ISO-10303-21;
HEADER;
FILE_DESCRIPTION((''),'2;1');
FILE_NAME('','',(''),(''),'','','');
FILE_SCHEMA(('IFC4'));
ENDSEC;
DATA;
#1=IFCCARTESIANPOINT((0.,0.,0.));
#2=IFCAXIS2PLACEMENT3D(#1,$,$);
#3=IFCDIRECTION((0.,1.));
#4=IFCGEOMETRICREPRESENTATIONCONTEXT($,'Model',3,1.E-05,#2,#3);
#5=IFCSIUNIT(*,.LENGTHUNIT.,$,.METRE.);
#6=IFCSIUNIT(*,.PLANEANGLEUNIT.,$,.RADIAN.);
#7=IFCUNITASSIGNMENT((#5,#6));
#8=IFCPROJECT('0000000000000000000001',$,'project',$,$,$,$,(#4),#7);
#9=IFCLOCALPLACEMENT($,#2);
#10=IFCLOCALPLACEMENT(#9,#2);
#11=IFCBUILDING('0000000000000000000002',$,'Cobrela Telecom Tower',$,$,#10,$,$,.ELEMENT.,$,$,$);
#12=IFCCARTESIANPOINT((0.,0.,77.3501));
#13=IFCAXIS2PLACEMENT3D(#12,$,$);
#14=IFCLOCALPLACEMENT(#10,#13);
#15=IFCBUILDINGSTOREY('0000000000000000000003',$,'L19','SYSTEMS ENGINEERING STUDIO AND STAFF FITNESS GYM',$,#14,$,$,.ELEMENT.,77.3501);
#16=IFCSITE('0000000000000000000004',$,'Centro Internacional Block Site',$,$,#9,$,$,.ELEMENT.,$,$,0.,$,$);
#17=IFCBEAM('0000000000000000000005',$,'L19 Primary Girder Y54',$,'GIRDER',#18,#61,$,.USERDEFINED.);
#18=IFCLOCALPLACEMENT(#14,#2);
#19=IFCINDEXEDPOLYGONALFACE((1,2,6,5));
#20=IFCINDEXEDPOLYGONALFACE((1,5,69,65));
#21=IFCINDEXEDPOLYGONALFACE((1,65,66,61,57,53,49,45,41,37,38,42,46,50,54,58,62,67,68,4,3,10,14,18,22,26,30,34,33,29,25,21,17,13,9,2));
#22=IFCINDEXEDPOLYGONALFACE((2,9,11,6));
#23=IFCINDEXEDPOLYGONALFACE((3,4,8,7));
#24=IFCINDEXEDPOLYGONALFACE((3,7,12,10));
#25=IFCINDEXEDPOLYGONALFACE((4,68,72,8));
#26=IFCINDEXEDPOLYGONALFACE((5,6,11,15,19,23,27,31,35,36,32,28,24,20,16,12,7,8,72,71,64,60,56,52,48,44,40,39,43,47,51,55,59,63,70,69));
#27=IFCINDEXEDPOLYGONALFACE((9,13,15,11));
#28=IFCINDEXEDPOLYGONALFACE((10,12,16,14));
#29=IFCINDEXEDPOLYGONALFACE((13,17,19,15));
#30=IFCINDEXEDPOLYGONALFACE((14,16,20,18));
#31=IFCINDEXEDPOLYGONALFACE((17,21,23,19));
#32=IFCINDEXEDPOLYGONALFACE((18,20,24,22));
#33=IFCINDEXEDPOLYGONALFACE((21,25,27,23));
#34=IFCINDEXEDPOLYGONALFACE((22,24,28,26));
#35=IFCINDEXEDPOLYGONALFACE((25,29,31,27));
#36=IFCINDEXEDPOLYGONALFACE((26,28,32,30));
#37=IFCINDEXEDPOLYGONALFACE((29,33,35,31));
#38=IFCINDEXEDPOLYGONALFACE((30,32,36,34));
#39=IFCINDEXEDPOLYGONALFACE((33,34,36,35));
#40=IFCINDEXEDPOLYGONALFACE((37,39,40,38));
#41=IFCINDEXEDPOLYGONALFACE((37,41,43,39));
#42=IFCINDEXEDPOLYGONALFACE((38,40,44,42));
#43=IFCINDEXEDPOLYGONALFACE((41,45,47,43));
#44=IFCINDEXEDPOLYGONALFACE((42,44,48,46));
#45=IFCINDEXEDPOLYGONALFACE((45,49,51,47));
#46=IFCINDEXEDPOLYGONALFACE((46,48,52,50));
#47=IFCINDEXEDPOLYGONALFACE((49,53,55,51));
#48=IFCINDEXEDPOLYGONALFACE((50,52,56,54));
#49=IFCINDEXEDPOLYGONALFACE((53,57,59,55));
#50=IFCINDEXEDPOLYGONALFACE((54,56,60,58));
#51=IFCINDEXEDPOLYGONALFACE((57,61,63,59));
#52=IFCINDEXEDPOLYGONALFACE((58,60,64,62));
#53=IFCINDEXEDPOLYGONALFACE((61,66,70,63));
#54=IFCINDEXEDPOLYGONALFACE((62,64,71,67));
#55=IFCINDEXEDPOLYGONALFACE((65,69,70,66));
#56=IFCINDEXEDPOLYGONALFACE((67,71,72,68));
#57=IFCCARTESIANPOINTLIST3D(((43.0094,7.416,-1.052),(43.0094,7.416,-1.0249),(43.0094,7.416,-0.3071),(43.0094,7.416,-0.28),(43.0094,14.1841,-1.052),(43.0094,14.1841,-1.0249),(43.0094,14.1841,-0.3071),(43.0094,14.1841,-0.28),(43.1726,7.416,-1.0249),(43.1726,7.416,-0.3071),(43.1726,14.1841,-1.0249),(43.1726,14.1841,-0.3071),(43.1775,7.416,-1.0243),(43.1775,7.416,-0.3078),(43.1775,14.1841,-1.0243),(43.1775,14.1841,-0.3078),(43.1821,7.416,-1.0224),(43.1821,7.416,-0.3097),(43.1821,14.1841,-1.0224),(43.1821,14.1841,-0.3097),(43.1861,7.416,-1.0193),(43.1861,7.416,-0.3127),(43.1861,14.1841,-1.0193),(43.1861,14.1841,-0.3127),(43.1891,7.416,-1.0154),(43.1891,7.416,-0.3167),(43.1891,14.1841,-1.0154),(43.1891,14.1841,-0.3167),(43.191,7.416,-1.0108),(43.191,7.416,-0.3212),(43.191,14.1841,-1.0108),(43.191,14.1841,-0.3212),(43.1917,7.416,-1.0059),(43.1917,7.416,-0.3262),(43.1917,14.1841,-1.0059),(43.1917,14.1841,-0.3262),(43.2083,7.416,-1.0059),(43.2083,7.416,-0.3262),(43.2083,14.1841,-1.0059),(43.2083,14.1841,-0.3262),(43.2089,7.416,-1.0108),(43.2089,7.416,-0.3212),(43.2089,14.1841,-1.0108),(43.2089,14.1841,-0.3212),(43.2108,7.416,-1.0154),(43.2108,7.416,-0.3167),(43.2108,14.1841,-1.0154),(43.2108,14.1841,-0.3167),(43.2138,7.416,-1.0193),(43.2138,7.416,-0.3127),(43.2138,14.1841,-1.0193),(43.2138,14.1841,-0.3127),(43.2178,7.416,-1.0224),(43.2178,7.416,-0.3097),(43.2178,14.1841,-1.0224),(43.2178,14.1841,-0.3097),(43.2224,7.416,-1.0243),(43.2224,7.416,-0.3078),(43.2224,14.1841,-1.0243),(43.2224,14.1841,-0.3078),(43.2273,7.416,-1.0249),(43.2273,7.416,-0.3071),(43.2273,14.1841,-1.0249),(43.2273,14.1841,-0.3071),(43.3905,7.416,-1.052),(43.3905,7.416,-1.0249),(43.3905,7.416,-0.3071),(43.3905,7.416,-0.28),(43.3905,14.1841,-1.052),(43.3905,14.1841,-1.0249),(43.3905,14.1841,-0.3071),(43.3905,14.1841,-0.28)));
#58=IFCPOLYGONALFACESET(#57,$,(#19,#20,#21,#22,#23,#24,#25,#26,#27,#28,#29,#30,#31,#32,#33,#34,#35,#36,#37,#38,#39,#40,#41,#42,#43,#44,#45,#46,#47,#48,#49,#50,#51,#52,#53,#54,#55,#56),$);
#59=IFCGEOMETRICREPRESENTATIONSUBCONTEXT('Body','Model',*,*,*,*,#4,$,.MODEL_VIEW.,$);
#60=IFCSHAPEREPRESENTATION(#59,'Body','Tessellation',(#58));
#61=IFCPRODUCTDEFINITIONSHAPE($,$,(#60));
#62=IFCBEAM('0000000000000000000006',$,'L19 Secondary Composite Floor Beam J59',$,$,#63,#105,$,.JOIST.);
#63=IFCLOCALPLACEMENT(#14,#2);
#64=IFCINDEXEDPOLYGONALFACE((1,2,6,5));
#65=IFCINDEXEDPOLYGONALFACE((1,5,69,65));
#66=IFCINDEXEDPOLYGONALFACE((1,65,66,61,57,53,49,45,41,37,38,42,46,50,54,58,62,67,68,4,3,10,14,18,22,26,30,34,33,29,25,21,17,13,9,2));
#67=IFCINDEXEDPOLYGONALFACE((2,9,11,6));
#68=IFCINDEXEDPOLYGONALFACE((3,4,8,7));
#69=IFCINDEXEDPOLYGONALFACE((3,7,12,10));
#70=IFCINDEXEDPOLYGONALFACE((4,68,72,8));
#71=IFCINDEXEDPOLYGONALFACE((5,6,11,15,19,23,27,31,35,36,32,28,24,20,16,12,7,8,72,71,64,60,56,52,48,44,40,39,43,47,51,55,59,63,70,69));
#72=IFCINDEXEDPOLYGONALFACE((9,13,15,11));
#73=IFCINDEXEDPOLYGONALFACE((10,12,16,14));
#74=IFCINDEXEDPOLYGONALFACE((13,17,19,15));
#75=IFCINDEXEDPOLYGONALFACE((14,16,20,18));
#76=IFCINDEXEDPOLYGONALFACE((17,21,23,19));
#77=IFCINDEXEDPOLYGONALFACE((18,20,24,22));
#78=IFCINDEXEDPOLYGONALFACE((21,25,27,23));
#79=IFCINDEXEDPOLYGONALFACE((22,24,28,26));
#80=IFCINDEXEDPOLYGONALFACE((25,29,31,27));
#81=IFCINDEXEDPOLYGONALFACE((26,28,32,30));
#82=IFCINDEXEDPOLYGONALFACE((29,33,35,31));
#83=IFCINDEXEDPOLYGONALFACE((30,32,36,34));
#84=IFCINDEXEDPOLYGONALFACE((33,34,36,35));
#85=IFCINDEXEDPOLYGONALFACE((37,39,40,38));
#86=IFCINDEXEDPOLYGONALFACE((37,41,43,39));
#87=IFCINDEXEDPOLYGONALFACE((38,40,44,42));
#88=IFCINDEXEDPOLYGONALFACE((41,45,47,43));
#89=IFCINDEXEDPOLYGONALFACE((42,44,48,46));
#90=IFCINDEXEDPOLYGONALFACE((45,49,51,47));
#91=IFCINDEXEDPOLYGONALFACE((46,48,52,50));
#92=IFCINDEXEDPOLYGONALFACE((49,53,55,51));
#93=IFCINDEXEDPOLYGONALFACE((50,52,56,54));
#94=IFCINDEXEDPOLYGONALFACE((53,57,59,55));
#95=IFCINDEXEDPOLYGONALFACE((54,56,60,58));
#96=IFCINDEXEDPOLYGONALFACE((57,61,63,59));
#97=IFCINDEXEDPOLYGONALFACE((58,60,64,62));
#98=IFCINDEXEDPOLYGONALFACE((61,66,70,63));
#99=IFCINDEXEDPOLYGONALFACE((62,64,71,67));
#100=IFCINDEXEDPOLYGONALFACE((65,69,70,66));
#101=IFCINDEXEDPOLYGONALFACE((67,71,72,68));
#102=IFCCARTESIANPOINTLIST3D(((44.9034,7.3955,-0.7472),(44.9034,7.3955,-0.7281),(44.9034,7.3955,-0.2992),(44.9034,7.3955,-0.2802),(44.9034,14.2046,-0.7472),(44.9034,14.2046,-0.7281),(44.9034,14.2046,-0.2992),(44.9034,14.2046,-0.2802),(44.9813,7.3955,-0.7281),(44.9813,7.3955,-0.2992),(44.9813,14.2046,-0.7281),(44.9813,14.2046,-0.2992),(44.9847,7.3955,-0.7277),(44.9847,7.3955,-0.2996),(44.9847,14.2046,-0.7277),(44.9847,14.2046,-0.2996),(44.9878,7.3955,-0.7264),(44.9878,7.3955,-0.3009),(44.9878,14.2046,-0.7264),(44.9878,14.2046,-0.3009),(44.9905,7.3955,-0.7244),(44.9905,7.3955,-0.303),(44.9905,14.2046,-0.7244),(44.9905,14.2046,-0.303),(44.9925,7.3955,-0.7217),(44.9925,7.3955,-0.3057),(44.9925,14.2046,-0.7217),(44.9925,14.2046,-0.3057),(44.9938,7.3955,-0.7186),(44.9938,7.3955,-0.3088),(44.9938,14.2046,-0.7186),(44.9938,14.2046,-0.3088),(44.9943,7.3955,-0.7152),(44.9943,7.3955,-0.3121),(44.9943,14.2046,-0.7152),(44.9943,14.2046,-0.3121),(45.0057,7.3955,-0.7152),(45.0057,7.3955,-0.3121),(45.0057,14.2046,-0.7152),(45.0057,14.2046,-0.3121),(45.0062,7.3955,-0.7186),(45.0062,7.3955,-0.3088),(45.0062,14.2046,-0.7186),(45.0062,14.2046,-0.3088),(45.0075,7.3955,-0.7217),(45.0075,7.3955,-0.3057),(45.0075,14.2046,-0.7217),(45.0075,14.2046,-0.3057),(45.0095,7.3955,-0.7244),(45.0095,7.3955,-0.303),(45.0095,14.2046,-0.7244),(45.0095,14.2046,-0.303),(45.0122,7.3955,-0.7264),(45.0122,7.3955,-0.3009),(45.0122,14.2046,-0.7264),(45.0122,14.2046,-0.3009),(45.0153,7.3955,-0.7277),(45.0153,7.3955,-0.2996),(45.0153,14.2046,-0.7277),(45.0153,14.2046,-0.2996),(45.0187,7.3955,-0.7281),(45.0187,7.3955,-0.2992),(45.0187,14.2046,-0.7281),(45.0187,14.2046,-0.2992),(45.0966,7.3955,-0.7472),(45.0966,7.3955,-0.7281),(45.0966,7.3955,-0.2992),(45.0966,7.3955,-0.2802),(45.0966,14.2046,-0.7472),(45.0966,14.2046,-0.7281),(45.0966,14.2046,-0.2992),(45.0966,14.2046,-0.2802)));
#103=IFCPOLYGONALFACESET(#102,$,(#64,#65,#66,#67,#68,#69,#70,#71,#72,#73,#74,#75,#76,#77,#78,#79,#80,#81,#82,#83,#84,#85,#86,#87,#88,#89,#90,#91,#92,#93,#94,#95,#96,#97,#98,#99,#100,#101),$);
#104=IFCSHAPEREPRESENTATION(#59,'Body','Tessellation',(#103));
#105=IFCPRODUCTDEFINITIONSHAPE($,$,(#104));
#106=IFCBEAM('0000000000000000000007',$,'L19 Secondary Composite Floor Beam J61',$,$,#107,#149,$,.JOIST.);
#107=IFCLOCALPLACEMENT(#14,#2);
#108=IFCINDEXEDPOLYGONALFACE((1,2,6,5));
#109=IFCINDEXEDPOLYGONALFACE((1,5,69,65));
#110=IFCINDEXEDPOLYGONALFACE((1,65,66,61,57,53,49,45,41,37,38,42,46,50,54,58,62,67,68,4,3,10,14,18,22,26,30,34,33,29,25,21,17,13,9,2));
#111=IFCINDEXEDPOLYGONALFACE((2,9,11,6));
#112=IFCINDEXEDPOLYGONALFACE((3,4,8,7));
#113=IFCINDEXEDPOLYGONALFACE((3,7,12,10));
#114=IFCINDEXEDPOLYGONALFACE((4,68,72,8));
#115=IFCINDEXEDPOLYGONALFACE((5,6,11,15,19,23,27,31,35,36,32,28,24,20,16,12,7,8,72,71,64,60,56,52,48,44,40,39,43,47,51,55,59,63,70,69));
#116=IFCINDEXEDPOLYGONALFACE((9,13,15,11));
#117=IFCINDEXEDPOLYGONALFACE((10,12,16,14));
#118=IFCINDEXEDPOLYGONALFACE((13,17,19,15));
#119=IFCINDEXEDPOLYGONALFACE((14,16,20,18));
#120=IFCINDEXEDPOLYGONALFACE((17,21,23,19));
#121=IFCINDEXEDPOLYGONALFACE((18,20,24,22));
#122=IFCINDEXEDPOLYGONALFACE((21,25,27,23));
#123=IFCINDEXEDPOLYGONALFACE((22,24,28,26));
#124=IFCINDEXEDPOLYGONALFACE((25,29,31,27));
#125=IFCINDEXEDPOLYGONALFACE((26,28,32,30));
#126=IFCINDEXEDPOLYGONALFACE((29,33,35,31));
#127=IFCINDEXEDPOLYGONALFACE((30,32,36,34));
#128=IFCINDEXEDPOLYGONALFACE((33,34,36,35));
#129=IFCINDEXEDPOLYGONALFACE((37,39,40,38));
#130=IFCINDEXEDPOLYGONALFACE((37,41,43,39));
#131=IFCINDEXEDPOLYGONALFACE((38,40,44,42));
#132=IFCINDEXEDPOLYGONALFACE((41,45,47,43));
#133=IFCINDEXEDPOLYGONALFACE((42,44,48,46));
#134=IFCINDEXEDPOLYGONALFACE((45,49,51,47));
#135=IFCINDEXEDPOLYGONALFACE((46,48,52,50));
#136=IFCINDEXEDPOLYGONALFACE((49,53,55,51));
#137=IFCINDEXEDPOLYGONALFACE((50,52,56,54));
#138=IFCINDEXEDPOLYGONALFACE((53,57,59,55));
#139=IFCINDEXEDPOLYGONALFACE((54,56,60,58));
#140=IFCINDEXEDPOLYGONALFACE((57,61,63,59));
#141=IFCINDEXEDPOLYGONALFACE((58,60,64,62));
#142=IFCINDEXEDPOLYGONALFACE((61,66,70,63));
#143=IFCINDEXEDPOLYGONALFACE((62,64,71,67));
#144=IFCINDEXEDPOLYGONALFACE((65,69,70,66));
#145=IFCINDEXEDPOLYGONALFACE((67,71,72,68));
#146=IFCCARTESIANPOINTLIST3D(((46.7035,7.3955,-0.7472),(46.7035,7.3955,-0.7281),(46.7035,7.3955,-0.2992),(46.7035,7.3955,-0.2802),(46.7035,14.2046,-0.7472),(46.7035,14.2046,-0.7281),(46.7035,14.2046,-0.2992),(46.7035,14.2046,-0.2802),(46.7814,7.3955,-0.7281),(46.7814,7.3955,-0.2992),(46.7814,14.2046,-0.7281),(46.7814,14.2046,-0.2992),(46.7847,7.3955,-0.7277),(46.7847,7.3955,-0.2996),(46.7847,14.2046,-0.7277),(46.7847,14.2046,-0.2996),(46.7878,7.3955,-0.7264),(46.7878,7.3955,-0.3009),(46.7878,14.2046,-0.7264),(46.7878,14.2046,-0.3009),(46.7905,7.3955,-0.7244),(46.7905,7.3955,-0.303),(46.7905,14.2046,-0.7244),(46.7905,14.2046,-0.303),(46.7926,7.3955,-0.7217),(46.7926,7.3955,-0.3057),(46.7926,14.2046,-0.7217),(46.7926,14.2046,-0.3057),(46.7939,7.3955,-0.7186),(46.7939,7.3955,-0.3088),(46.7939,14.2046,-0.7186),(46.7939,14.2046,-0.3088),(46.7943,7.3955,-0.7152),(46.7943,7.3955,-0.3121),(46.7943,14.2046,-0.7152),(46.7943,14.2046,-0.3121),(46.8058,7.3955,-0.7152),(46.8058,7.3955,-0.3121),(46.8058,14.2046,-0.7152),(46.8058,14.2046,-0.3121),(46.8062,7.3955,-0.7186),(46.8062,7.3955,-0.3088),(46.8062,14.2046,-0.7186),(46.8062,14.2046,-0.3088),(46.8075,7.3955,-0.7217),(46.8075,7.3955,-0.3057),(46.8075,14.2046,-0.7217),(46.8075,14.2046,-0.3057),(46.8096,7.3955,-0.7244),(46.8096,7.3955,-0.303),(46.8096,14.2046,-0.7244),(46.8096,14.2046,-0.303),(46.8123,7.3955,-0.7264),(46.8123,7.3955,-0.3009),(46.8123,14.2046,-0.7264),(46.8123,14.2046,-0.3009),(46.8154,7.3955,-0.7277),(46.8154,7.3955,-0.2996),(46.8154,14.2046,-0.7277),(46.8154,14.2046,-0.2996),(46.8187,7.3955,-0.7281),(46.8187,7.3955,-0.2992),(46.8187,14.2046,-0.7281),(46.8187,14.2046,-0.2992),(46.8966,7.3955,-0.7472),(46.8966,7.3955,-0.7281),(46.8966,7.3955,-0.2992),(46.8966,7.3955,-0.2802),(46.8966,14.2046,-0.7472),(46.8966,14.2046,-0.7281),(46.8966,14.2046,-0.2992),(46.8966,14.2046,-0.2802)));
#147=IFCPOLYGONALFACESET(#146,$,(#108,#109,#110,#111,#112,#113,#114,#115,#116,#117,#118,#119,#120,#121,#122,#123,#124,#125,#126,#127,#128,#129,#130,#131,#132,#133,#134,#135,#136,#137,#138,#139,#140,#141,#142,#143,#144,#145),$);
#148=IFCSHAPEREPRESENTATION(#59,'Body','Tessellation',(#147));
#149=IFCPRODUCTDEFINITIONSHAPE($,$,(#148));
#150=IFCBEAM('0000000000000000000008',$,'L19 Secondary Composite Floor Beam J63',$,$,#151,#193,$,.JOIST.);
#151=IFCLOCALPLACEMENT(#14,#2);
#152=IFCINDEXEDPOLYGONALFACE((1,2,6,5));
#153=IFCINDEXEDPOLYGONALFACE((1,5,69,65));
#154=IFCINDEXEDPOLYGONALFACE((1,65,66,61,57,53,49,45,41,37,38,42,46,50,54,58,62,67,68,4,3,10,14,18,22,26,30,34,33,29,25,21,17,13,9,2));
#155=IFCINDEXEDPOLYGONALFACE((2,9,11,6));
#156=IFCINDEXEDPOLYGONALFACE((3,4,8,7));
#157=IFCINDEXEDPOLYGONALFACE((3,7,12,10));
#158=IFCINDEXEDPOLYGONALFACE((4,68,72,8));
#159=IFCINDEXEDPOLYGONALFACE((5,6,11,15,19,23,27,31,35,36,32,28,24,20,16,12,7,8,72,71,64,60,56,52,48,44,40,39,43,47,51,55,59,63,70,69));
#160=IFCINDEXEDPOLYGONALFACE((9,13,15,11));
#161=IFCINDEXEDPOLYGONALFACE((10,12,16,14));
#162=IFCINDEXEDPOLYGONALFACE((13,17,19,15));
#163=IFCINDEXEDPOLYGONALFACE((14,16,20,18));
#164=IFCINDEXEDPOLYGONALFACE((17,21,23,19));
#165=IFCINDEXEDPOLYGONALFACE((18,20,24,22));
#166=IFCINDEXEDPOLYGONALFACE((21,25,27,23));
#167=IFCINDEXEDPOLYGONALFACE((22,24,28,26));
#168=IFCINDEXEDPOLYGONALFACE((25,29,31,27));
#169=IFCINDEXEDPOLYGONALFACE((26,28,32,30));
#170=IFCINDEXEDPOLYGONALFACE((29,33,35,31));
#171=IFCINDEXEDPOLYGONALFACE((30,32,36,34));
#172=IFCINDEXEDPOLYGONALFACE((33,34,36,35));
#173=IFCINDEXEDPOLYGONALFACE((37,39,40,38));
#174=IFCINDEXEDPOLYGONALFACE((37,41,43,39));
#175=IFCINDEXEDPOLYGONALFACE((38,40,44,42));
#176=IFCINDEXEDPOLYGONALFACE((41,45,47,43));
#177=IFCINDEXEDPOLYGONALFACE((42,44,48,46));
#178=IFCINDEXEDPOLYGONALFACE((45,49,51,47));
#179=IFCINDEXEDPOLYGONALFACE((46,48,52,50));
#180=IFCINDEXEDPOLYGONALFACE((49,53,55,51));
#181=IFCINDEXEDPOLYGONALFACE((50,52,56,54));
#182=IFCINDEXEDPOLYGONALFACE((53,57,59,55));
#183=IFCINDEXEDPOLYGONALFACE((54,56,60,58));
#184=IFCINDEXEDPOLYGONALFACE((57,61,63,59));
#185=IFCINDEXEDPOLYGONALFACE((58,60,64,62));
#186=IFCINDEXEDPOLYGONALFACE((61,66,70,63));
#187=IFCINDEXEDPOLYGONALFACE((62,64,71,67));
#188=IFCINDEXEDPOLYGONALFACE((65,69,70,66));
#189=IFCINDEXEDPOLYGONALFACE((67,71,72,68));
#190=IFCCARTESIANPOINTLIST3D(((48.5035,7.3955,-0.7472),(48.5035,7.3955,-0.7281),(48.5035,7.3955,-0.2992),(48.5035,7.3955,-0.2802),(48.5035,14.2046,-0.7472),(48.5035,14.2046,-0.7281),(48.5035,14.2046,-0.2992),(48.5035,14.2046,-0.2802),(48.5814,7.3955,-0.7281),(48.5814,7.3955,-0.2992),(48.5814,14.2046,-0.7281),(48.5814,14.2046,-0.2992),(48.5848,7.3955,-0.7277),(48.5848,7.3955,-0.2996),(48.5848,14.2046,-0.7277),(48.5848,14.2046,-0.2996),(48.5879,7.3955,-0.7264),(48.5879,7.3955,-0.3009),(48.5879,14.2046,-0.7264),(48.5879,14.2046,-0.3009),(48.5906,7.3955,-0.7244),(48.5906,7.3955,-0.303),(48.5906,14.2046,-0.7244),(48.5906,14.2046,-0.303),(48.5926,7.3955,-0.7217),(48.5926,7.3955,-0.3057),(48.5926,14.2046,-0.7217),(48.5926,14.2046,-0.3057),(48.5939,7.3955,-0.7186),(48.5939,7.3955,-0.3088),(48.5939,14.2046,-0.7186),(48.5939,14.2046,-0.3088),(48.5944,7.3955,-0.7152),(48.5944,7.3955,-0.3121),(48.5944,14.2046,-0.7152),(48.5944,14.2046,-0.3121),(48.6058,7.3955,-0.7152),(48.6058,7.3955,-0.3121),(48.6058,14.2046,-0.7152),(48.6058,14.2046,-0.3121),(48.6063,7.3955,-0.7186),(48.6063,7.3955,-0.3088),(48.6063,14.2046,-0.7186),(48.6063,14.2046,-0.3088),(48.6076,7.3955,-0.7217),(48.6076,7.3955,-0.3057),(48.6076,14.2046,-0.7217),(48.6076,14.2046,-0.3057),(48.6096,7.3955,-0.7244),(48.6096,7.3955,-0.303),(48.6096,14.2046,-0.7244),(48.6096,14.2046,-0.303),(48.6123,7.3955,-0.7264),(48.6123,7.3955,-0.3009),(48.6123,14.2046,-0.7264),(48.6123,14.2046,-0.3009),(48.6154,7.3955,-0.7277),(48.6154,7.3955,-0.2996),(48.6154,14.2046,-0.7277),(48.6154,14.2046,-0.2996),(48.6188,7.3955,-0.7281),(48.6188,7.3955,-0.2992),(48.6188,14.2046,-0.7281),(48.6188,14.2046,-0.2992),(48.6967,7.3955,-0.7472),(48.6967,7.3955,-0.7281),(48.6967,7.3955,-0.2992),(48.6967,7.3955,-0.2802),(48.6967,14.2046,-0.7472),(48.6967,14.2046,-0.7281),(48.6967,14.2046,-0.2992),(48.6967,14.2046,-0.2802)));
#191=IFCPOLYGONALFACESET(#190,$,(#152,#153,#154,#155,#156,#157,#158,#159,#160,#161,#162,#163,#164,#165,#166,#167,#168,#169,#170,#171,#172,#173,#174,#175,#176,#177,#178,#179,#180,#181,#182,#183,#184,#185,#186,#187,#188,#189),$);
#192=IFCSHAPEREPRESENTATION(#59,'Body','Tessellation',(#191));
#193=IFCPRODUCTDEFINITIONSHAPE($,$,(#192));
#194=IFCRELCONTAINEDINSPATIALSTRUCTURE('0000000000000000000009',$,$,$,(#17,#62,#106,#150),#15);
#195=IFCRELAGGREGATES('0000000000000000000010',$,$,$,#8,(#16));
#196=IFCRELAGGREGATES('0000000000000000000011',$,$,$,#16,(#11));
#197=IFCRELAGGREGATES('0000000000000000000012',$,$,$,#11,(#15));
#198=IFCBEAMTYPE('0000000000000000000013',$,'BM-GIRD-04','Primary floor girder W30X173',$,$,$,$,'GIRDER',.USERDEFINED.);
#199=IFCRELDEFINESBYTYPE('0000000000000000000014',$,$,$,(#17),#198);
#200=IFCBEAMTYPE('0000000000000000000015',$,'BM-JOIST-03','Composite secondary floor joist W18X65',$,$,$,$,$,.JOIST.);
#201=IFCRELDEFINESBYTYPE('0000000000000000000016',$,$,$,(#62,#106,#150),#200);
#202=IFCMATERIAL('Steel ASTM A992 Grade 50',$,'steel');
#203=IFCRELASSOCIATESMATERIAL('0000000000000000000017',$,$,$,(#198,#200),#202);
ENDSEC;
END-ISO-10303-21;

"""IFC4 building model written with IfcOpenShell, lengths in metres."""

from ifc_helpers import new_model, si_unit, direction, frame, origin, origin_2d, place, context, subcontext, project, spatial, i_section, extrude, material, material_profile, profile_set, type_object, element, save


model = new_model("IFC4")

# Units and contexts
model_context = context("Model", 3, precision=1e-05, world=origin(), true_north=direction((0.0, 1.0)))
body_context = subcontext(model_context, "Body", "Model", "MODEL_VIEW")
ifc_project = project(units=[si_unit("LENGTHUNIT", "METRE"), si_unit("PLANEANGLEUNIT", "RADIAN")], contexts=[model_context])

# Site, building, storey
site_placement = place(None, origin())
site = spatial("IfcSite", under=ifc_project, at=site_placement, Name="Centro Internacional Block Site", CompositionType="ELEMENT", RefElevation=0.0)
building_placement = place(site_placement, origin())
building = spatial("IfcBuilding", under=site, at=building_placement, Name="Cobrela Telecom Tower", CompositionType="ELEMENT")
storey_placement = place(building_placement, frame((0.0, 0.0, 77.3501)))
storey = spatial("IfcBuildingStorey", under=building, at=storey_placement, Name="L19", Description="SYSTEMS ENGINEERING STUDIO AND STAFF FITNESS GYM", CompositionType="ELEMENT", Elevation=77.3501)

# Shared definitions
ifc_material_1 = material(Name="Steel ASTM A992 Grade 50", Category="steel")

# Beams
ifc_material_profile_1 = material_profile(ifc_material_1, i_section(OverallWidth=0.3811, OverallDepth=0.772, WebThickness=0.0166, FlangeThickness=0.0271, FilletRadius=0.019, at=origin_2d()), Name="W30X173")
ifc_profile_set_1 = profile_set([ifc_material_profile_1], Name="Steel ASTM A992 Grade 50")
beam_type_1 = type_object("IfcBeamType", Name="BM-GIRD-04", Description="Primary floor girder W30X173", ElementType="GIRDER", PredefinedType="USERDEFINED", material=ifc_profile_set_1)
beam_1_placement = place(storey_placement, frame((43.2, 7.416, -0.666), z_axis=(0.0, 1.0, 0.0), x_axis=(-1.0, 0.0, 0.0)))
element("IfcBeam", 1, at=beam_1_placement, inside=storey, type_object=beam_type_1, Name="L19 Primary Girder Y54", ObjectType="GIRDER", PredefinedType="USERDEFINED", context=body_context, shape_type="SweptSolid", body=[
    extrude(i_section(OverallWidth=0.3811, OverallDepth=0.772, WebThickness=0.0166, FlangeThickness=0.0271, FilletRadius=0.019, at=origin_2d()), origin(), (0.0, 0.0, 1.0), 6.7681),
])
ifc_material_profile_2 = material_profile(ifc_material_1, i_section(OverallWidth=0.1931, OverallDepth=0.467, WebThickness=0.0115, FlangeThickness=0.019, FilletRadius=0.0129, at=origin_2d()), Name="W18X65")
ifc_profile_set_2 = profile_set([ifc_material_profile_2], Name="Steel ASTM A992 Grade 50")
beam_type_2 = type_object("IfcBeamType", Name="BM-JOIST-03", Description="Composite secondary floor joist W18X65", PredefinedType="JOIST", material=ifc_profile_set_2)
for number, where, z_axis, x_axis, name in (
    (2, (45.0, 7.3955, -0.5137), (0.0, 1.0, 0.0), (-1.0, 0.0, 0.0), "L19 Secondary Composite Floor Beam J59"),
    (3, (46.8, 7.3955, -0.5137), (0.0, 1.0, 0.0), (-1.0, 0.0, 0.0), "L19 Secondary Composite Floor Beam J61"),
    (4, (48.6001, 7.3955, -0.5137), (0.0, 1.0, 0.0), (-1.0, 0.0, 0.0), "L19 Secondary Composite Floor Beam J63"),
):
    element("IfcBeam", number, at=place(storey_placement, frame(where, z_axis=z_axis, x_axis=x_axis)), inside=storey, type_object=beam_type_2, Name=name, PredefinedType="JOIST", context=body_context, shape_type="SweptSolid", body=[
        extrude(i_section(OverallWidth=0.1931, OverallDepth=0.467, WebThickness=0.0115, FlangeThickness=0.019, FilletRadius=0.0129, at=origin_2d()), origin(), (0.0, 0.0, 1.0), 6.8091),
    ])

save(model, "model.ifc")
